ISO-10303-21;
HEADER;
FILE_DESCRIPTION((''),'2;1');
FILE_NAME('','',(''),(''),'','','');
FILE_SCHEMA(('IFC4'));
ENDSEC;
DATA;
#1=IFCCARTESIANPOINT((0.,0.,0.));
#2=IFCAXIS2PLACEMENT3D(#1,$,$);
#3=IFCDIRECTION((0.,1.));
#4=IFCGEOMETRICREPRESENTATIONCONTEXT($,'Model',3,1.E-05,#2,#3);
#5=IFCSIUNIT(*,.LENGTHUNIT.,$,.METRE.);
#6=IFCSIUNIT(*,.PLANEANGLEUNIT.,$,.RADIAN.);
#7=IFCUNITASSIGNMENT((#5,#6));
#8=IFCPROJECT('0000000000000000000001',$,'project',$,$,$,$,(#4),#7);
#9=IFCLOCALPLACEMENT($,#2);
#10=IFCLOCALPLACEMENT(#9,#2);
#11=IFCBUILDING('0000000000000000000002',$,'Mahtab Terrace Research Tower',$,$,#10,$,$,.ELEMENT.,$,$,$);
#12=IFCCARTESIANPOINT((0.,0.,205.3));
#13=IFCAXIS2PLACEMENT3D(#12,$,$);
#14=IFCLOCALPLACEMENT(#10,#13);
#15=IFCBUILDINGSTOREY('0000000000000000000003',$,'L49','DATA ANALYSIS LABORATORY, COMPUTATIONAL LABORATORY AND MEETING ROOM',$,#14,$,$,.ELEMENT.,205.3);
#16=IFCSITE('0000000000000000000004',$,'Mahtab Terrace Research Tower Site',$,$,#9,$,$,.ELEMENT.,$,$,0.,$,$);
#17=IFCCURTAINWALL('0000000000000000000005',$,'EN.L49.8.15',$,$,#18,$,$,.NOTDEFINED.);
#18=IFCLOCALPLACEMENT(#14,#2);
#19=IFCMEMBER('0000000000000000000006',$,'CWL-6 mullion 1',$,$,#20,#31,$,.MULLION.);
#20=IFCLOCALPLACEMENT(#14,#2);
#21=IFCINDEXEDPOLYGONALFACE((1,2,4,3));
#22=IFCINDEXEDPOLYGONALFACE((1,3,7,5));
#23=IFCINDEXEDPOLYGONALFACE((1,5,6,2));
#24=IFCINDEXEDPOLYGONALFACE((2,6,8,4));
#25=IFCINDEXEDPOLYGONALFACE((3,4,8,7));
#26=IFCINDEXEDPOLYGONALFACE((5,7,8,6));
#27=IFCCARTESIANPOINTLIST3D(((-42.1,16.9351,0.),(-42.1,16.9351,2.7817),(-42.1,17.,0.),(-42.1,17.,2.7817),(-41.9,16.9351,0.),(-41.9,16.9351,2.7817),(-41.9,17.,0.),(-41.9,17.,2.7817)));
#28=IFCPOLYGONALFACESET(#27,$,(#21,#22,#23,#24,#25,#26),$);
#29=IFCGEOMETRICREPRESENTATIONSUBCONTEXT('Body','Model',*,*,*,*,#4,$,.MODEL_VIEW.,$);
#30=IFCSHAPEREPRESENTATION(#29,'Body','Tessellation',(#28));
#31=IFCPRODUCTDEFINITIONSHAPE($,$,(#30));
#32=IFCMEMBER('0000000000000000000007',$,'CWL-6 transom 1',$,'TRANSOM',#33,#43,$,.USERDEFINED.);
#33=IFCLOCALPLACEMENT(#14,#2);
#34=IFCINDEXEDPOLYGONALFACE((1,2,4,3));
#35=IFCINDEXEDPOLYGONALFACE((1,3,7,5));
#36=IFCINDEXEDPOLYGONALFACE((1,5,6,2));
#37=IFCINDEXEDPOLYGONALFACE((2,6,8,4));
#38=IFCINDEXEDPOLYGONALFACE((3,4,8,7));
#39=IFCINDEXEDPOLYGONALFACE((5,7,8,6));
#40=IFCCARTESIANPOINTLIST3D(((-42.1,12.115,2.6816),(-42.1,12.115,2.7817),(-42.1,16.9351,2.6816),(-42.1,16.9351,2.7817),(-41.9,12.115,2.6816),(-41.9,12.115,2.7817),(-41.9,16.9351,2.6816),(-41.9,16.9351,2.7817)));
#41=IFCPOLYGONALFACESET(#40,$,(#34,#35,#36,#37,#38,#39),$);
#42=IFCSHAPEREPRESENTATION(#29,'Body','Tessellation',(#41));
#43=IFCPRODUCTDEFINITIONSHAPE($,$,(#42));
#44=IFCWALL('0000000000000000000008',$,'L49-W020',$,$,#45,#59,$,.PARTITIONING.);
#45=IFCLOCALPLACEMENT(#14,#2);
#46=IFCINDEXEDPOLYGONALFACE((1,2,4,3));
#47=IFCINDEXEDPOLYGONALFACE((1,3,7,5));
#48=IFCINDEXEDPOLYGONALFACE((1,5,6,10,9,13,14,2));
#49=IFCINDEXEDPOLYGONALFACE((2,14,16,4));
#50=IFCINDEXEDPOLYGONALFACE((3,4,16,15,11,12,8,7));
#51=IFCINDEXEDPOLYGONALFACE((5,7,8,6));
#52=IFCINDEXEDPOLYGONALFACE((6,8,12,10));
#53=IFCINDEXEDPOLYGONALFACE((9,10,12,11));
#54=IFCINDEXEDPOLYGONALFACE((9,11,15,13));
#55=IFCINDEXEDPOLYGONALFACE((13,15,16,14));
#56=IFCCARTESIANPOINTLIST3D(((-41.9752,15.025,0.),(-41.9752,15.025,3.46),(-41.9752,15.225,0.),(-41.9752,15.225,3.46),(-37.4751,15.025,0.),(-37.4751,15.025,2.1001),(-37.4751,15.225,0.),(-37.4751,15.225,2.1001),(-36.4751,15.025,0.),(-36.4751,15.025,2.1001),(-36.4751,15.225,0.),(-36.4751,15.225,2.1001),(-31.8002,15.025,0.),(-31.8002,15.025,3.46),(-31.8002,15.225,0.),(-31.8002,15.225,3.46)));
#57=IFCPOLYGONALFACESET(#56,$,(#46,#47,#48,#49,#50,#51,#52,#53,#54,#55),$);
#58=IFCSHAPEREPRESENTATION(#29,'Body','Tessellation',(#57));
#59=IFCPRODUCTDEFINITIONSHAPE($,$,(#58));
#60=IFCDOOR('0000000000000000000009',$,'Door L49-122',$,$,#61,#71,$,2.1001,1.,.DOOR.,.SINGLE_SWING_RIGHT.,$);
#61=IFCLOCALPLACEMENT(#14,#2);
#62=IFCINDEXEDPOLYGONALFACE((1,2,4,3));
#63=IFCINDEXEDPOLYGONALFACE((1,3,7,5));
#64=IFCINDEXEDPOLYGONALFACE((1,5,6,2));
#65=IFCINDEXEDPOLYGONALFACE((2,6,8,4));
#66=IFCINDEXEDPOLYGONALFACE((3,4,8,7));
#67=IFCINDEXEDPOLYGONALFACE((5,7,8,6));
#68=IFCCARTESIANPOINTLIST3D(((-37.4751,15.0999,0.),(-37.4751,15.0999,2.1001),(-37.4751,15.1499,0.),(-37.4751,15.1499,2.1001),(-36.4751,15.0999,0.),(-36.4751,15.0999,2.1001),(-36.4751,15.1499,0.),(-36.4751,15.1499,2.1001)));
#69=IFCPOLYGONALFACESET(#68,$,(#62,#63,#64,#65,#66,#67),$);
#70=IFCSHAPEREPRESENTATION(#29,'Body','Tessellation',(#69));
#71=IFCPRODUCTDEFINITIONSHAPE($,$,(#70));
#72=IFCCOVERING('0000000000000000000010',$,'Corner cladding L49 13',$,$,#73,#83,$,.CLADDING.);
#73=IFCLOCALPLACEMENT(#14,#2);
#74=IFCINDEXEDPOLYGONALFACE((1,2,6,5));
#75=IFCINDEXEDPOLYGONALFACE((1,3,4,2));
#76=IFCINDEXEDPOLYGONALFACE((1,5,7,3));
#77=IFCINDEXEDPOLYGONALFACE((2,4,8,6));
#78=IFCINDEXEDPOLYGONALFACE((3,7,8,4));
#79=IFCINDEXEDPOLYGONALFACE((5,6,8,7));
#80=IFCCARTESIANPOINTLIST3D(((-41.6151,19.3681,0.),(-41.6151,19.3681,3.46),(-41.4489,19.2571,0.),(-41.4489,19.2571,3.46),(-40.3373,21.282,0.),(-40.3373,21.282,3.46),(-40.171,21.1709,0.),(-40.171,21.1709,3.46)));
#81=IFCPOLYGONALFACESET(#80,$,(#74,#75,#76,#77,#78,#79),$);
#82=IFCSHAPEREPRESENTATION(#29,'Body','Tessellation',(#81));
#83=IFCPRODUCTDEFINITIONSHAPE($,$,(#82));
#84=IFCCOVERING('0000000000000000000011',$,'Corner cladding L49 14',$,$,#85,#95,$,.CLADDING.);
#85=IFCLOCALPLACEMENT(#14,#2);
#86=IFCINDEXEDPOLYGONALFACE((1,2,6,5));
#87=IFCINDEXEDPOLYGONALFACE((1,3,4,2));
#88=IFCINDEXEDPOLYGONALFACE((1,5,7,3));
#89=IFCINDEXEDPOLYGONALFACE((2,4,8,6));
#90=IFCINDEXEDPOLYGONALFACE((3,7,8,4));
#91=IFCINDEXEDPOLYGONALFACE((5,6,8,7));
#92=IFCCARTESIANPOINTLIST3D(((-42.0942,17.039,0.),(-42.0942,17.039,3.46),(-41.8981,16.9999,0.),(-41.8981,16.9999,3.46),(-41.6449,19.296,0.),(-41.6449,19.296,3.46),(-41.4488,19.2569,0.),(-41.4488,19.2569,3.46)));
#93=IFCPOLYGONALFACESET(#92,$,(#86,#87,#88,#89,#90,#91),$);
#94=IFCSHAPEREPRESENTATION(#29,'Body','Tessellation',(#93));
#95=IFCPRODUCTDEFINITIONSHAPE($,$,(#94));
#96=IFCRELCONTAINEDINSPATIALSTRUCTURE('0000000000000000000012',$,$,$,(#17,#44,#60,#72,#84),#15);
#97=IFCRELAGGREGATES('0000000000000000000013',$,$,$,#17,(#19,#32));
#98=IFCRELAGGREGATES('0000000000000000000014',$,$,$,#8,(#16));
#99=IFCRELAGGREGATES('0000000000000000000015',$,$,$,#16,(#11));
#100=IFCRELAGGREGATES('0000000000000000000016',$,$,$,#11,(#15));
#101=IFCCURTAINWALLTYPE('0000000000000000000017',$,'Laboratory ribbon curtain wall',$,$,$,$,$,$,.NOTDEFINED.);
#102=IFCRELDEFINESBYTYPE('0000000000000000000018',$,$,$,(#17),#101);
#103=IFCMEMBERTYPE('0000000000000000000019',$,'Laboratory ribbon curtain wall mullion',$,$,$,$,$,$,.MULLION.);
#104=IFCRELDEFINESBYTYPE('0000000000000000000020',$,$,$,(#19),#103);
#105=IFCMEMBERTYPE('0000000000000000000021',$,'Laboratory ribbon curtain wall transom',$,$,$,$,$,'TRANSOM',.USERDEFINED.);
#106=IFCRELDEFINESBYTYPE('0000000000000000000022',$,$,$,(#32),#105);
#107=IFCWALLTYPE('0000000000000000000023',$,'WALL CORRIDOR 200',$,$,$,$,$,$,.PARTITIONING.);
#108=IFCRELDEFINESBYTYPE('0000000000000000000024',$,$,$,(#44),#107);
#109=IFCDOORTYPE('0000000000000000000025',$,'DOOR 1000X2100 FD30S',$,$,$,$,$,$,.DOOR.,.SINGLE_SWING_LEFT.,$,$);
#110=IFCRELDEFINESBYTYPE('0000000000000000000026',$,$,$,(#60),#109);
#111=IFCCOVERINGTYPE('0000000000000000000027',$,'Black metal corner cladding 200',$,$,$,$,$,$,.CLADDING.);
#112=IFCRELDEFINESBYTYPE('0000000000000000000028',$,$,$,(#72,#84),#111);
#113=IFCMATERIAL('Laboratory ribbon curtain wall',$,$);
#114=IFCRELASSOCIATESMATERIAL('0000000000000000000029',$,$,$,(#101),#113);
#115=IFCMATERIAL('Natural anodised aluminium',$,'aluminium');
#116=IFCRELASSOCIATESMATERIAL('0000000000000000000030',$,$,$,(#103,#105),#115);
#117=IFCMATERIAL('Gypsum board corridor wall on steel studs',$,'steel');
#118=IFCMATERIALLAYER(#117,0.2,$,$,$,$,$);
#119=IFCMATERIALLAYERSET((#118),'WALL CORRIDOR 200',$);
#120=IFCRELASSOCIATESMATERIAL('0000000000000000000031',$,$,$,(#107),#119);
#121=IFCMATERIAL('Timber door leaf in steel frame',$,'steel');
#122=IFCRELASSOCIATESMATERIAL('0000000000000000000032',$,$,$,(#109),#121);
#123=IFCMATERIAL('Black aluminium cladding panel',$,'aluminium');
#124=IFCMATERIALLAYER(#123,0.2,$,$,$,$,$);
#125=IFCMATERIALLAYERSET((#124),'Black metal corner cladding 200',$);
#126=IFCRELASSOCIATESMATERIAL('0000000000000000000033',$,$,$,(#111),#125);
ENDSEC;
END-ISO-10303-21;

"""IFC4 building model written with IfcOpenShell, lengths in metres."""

from ifc_helpers import new_model, si_unit, direction, frame, frame_2d, origin, origin_2d, place, context, subcontext, project, spatial, rectangle, extrude, material, layer, layer_set, material_profile, profile_set, type_object, element, fill, aggregate, save


model = new_model("IFC4")

# Units and contexts
model_context = context("Model", 3, precision=1e-05, world=origin(), true_north=direction((0.0, 1.0)))
body_context = subcontext(model_context, "Body", "Model", "MODEL_VIEW")
ifc_project = project(units=[si_unit("LENGTHUNIT", "METRE"), si_unit("PLANEANGLEUNIT", "RADIAN")], contexts=[model_context])

# Site, building, storey
site_placement = place(None, origin())
site = spatial("IfcSite", under=ifc_project, at=site_placement, Name="Mahtab Terrace Research Tower Site", CompositionType="ELEMENT", RefElevation=0.0)
building_placement = place(site_placement, origin())
building = spatial("IfcBuilding", under=site, at=building_placement, Name="Mahtab Terrace Research Tower", CompositionType="ELEMENT")
storey_placement = place(building_placement, frame((0.0, 0.0, 205.3)))
storey = spatial("IfcBuildingStorey", under=building, at=storey_placement, Name="L49", Description="DATA ANALYSIS LABORATORY, COMPUTATIONAL LABORATORY AND MEETING ROOM", CompositionType="ELEMENT", Elevation=205.3)

# Curtain wall, members
ifc_material_1 = material(Name="Laboratory ribbon curtain wall")
curtain_wall_type = type_object("IfcCurtainWallType", Name="Laboratory ribbon curtain wall", PredefinedType="NOTDEFINED", material=ifc_material_1)
curtain_wall_placement = place(storey_placement, origin())
curtain_wall = element("IfcCurtainWall", 1, at=curtain_wall_placement, inside=storey, type_object=curtain_wall_type, Name="EN.L49.8.15", PredefinedType="NOTDEFINED")
ifc_material_2 = material(Name="Natural anodised aluminium", Category="aluminium")
ifc_material_profile_1 = material_profile(ifc_material_2, rectangle(XDim=0.2, YDim=0.0649, at=origin_2d()), Name="MULLION 65x200")
ifc_profile_set_1 = profile_set([ifc_material_profile_1], Name="Natural anodised aluminium")
member_type_1 = type_object("IfcMemberType", Name="Laboratory ribbon curtain wall mullion", PredefinedType="MULLION", material=ifc_profile_set_1)
member_1_placement = place(storey_placement, frame((-42.0, 16.9675, 0.0), z_axis=(0.0, 0.0, 1.0), x_axis=(1.0, 0.0, 0.0)))
member_1 = element("IfcMember", 2, at=member_1_placement, type_object=member_type_1, Name="CWL-6 mullion 1", PredefinedType="MULLION", context=body_context, shape_type="SweptSolid", body=[
    extrude(rectangle(XDim=0.2, YDim=0.0649, at=origin_2d()), origin(), (0.0, 0.0, 1.0), 2.7817),
])
ifc_material_profile_2 = material_profile(ifc_material_2, rectangle(XDim=0.2, YDim=0.1001, at=origin_2d()), Name="TRANSOM 100x200")
ifc_profile_set_2 = profile_set([ifc_material_profile_2], Name="Natural anodised aluminium")
member_type_2 = type_object("IfcMemberType", Name="Laboratory ribbon curtain wall transom", ElementType="TRANSOM", PredefinedType="USERDEFINED", material=ifc_profile_set_2)
member_2_placement = place(storey_placement, frame((-42.0, 16.9351, 2.7317), z_axis=(0.0, -1.0, 0.0), x_axis=(1.0, 0.0, 0.0)))
member_2 = element("IfcMember", 3, at=member_2_placement, type_object=member_type_2, Name="CWL-6 transom 1", ObjectType="TRANSOM", PredefinedType="USERDEFINED", context=body_context, shape_type="SweptSolid", body=[
    extrude(rectangle(XDim=0.2, YDim=0.1001, at=origin_2d()), origin(), (0.0, 0.0, 1.0), 4.8201),
])
aggregate(curtain_wall, [member_1, member_2])

# Wall, opening, door
ifc_material_3 = material(Name="Gypsum board corridor wall on steel studs", Category="steel")
ifc_layer_1 = layer(ifc_material_3, 0.2)
ifc_layer_set_1 = layer_set([ifc_layer_1], Name="WALL CORRIDOR 200")
wall_type = type_object("IfcWallType", Name="WALL CORRIDOR 200", PredefinedType="PARTITIONING", material=ifc_layer_set_1)
wall_1_placement = place(storey_placement, frame((-41.9751, 15.125, 0.0), z_axis=(0.0, 0.0, 1.0), x_axis=(1.0, 0.0, 0.0)))
wall_1 = element("IfcWall", 4, at=wall_1_placement, inside=storey, type_object=wall_type, Name="L49-W020", PredefinedType="PARTITIONING", context=body_context, shape_type="SweptSolid", body=[
    extrude(rectangle(XDim=10.175, YDim=0.2, at=frame_2d((5.0874, 0.0))), origin(), (0.0, 0.0, 1.0), 3.46),
])
opening_1_placement = place(wall_1_placement, frame((4.5, 0.0, 0.0)))
opening_1 = element("IfcOpeningElement", 5, at=opening_1_placement, cuts=wall_1, PredefinedType="OPENING", context=body_context, shape_type="SweptSolid", body=[
    extrude(rectangle(XDim=1.0, YDim=2.1001, at=frame_2d((0.5, 1.05))), frame((0.0, 0.1099, 0.0), z_axis=(0.0, -1.0, 0.0), x_axis=(1.0, 0.0, 0.0)), (0.0, 0.0, 1.0), 0.22),
])
ifc_material_4 = material(Name="Timber door leaf in steel frame", Category="steel")
door_type_1 = type_object("IfcDoorType", Name="DOOR 1000X2100 FD30S", OperationType="SINGLE_SWING_LEFT", PredefinedType="DOOR", material=ifc_material_4)
door_1_placement = place(opening_1_placement, origin())
door_1 = element("IfcDoor", 6, at=door_1_placement, inside=storey, type_object=door_type_1, Name="Door L49-122", OperationType="SINGLE_SWING_RIGHT", OverallHeight=2.1001, OverallWidth=1.0, PredefinedType="DOOR", context=body_context, shape_type="SweptSolid", body=[
    extrude(rectangle(XDim=1.0, YDim=2.1001, at=frame_2d((0.5, 1.05))), frame((0.0, 0.0249, 0.0), z_axis=(0.0, -1.0, 0.0), x_axis=(1.0, 0.0, 0.0)), (0.0, 0.0, 1.0), 0.05),
])
fill(opening_1, door_1)

# Coverings
ifc_material_5 = material(Name="Black aluminium cladding panel", Category="aluminium")
ifc_layer_2 = layer(ifc_material_5, 0.2)
ifc_layer_set_2 = layer_set([ifc_layer_2], Name="Black metal corner cladding 200")
covering_type = type_object("IfcCoveringType", Name="Black metal corner cladding 200", PredefinedType="CLADDING", material=ifc_layer_set_2)
for number, where, z_axis, x_axis, name in (
    (7, (-40.8931, 20.2695, 0.0), (0.0, 0.0, 1.0), (-0.555291, -0.831656, 0.0), "Corner cladding L49 13"),
    (8, (-41.7715, 18.1479, 0.0), (0.0, 0.0, 1.0), (-0.195212, -0.980761, 0.0), "Corner cladding L49 14"),
):
    element("IfcCovering", number, at=place(storey_placement, frame(where, z_axis=z_axis, x_axis=x_axis)), inside=storey, type_object=covering_type, Name=name, PredefinedType="CLADDING", context=body_context, shape_type="SweptSolid", body=[
        extrude(rectangle(XDim=2.3013, YDim=0.2, at=origin_2d()), origin(), (0.0, 0.0, 1.0), 3.46),
    ])

save(model, "model.ifc")
